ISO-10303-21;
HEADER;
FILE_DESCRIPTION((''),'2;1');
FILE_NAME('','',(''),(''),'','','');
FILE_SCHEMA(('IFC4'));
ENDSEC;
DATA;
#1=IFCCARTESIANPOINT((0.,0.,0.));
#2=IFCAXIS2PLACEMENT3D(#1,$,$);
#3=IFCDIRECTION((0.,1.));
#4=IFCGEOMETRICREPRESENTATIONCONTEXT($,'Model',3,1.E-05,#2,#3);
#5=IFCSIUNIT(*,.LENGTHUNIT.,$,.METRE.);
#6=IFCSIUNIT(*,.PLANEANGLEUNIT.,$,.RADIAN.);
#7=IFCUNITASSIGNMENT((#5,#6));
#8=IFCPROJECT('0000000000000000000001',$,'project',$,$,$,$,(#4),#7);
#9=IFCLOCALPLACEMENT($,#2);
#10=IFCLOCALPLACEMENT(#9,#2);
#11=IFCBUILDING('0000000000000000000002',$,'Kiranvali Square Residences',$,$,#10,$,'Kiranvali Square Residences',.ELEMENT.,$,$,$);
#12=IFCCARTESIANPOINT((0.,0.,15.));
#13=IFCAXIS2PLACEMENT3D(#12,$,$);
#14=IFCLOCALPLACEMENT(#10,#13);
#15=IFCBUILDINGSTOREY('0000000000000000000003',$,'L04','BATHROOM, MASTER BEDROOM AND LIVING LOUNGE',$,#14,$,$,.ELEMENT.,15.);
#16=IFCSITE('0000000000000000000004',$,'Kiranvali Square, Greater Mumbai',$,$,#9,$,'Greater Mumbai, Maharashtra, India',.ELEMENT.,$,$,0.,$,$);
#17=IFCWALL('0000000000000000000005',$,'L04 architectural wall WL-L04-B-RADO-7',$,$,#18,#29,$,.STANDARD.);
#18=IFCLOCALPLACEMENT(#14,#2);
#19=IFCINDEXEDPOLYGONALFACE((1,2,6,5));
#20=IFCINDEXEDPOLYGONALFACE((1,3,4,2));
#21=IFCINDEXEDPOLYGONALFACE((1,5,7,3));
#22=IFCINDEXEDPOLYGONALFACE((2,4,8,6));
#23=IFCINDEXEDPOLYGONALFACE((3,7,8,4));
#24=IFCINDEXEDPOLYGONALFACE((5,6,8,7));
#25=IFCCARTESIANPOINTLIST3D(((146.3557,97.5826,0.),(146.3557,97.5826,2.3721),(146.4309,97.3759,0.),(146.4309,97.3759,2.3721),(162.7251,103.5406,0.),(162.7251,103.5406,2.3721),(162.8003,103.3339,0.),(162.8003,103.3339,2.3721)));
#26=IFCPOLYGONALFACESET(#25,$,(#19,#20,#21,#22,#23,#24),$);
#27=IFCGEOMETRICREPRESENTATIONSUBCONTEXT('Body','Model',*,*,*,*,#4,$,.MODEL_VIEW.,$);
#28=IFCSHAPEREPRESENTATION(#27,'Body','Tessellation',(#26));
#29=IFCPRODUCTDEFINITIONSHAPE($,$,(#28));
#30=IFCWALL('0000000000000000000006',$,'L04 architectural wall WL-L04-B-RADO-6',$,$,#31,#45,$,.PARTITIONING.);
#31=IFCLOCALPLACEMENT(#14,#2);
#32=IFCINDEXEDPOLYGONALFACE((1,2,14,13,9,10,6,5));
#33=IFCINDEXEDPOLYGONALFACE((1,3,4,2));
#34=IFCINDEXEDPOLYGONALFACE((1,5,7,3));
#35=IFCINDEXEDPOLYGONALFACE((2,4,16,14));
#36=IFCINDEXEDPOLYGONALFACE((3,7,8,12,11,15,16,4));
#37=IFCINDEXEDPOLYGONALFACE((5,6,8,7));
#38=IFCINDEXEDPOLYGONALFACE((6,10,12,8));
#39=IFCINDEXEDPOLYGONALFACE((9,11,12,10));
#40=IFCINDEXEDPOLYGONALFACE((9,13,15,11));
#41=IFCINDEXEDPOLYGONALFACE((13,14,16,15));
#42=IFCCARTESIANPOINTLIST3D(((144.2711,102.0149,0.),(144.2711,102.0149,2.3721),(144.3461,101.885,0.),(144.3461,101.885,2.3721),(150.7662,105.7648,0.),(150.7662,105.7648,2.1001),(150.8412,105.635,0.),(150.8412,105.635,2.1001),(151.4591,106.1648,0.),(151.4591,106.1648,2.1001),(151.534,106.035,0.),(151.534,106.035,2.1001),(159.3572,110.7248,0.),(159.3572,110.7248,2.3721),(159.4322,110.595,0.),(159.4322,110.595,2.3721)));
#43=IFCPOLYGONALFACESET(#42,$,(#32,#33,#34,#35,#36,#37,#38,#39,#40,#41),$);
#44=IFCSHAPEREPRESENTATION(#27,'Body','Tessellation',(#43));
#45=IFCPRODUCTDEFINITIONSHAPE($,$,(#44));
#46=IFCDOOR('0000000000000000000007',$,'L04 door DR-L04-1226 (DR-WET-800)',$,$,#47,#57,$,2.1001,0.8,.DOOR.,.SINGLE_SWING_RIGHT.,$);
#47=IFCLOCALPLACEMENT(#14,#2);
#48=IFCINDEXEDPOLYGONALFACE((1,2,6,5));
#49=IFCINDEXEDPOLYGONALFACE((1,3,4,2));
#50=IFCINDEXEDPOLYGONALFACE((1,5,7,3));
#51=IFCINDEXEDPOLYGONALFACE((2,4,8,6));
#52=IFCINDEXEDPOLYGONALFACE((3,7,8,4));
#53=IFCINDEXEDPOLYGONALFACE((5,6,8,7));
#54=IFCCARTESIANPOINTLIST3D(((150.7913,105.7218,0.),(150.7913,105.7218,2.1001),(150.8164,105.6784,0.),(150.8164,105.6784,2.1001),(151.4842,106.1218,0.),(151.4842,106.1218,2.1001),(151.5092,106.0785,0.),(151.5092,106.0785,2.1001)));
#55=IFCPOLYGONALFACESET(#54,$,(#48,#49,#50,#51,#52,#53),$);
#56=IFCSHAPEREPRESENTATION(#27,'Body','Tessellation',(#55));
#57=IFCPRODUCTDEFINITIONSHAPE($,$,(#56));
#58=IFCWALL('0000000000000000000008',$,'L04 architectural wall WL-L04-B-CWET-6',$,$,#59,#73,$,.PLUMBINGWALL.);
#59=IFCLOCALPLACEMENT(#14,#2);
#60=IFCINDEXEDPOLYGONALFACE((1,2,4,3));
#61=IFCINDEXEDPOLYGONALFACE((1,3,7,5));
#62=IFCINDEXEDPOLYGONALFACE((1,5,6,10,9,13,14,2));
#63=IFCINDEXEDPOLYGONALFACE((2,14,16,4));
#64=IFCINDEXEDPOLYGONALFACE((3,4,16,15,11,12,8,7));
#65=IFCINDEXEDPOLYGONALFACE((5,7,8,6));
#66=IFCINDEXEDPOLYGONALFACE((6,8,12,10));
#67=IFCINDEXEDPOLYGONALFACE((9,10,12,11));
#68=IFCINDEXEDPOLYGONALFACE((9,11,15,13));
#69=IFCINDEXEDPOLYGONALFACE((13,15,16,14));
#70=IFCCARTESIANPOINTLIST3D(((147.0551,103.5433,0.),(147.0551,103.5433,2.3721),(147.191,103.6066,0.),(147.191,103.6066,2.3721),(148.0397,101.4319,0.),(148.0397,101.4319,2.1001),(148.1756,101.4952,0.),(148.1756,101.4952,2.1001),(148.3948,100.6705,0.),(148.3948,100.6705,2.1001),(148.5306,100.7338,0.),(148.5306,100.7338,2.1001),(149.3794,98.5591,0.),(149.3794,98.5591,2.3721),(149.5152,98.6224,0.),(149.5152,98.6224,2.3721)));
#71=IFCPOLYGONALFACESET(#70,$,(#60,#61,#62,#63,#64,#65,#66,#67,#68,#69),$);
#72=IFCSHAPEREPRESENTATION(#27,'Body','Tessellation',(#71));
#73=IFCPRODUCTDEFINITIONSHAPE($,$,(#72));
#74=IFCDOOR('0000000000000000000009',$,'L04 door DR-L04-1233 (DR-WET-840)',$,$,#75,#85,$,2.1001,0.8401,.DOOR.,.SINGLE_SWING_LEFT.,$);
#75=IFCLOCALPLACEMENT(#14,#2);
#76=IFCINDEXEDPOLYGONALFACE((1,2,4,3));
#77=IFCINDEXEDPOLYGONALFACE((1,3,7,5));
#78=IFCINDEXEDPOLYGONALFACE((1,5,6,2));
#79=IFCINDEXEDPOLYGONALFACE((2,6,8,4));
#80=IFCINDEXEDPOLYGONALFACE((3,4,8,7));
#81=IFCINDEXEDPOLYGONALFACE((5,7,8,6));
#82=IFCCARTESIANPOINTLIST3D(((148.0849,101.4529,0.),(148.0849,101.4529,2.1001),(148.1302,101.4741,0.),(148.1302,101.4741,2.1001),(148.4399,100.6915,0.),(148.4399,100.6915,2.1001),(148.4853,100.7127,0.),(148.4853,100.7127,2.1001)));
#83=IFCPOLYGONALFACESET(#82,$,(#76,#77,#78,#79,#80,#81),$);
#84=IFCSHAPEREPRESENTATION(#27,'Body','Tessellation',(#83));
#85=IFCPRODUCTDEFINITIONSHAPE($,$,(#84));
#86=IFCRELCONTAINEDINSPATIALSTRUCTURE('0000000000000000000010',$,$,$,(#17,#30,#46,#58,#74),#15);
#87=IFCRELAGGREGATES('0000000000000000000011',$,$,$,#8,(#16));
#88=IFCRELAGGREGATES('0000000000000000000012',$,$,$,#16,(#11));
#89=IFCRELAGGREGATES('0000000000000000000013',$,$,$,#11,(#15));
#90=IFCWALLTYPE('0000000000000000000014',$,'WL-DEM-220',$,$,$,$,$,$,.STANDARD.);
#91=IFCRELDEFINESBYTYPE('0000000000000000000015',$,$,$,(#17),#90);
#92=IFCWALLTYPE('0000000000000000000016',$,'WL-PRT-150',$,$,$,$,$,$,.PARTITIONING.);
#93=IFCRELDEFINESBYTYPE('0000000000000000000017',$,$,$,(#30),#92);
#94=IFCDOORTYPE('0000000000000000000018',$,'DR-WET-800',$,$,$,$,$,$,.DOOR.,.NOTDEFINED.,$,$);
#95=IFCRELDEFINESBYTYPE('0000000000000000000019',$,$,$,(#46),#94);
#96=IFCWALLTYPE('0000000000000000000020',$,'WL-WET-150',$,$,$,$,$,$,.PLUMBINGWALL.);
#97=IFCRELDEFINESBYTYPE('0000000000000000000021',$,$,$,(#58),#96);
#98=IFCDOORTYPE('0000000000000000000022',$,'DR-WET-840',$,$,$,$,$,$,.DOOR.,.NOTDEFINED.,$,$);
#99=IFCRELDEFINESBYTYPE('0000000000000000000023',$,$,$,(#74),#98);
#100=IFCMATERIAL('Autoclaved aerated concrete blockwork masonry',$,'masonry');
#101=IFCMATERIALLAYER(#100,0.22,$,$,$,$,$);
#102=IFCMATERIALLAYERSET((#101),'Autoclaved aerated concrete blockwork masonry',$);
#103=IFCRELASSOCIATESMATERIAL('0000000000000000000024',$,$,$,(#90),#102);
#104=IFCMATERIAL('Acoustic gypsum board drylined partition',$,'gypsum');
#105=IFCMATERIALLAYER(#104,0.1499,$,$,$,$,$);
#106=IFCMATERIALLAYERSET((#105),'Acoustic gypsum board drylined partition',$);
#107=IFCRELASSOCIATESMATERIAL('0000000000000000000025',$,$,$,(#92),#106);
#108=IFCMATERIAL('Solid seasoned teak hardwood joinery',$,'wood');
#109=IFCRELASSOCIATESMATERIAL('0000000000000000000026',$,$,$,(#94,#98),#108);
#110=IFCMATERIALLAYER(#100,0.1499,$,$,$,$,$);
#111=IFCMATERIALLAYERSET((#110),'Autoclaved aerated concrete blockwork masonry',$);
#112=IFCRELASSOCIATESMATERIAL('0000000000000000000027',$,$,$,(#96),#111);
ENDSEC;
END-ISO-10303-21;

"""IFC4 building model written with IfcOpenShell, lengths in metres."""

from ifc_helpers import new_model, si_unit, direction, frame, frame_2d, origin, place, context, subcontext, project, spatial, rectangle, extrude, material, layer, layer_set, type_object, element, fill, save


model = new_model("IFC4")

# Units and contexts
model_context = context("Model", 3, precision=1e-05, world=origin(), true_north=direction((0.0, 1.0)))
body_context = subcontext(model_context, "Body", "Model", "MODEL_VIEW")
ifc_project = project(units=[si_unit("LENGTHUNIT", "METRE"), si_unit("PLANEANGLEUNIT", "RADIAN")], contexts=[model_context])

# Site, building, storey
site_placement = place(None, origin())
site = spatial("IfcSite", under=ifc_project, at=site_placement, Name="Kiranvali Square, Greater Mumbai", LongName="Greater Mumbai, Maharashtra, India", CompositionType="ELEMENT", RefElevation=0.0)
building_placement = place(site_placement, origin())
building = spatial("IfcBuilding", under=site, at=building_placement, Name="Kiranvali Square Residences", LongName="Kiranvali Square Residences", CompositionType="ELEMENT")
storey_placement = place(building_placement, frame((0.0, 0.0, 15.0)))
storey = spatial("IfcBuildingStorey", under=building, at=storey_placement, Name="L04", Description="BATHROOM, MASTER BEDROOM AND LIVING LOUNGE", CompositionType="ELEMENT", Elevation=15.0)

# Shared definitions
ifc_material_1 = material(Name="Autoclaved aerated concrete blockwork masonry", Category="masonry")

# Wall
ifc_layer_1 = layer(ifc_material_1, 0.22)
ifc_layer_set_1 = layer_set([ifc_layer_1], Name="Autoclaved aerated concrete blockwork masonry")
wall_type_1 = type_object("IfcWallType", Name="WL-DEM-220", PredefinedType="STANDARD", material=ifc_layer_set_1)
wall_1_placement = place(storey_placement, frame((146.3933, 97.4792, 0.0), z_axis=(0.0, 0.0, 1.0), x_axis=(0.939692, 0.342022, 0.0)))
element("IfcWall", 1, at=wall_1_placement, inside=storey, type_object=wall_type_1, Name="L04 architectural wall WL-L04-B-RADO-7", PredefinedType="STANDARD", context=body_context, shape_type="SweptSolid", body=[
    extrude(rectangle(XDim=17.4199, YDim=0.22, at=frame_2d((8.71, 0.0))), origin(), (0.0, 0.0, 1.0), 2.3721),
])

# Walls, openings, doors
ifc_material_2 = material(Name="Acoustic gypsum board drylined partition", Category="gypsum")
ifc_layer_2 = layer(ifc_material_2, 0.1499)
ifc_layer_set_2 = layer_set([ifc_layer_2], Name="Acoustic gypsum board drylined partition")
wall_type_2 = type_object("IfcWallType", Name="WL-PRT-150", PredefinedType="PARTITIONING", material=ifc_layer_set_2)
wall_2_placement = place(storey_placement, frame((144.3086, 101.95, 0.0), z_axis=(0.0, 0.0, 1.0), x_axis=(0.866027, 0.499998, 0.0)))
wall_2 = element("IfcWall", 2, at=wall_2_placement, inside=storey, type_object=wall_type_2, Name="L04 architectural wall WL-L04-B-RADO-6", PredefinedType="PARTITIONING", context=body_context, shape_type="SweptSolid", body=[
    extrude(rectangle(XDim=17.4199, YDim=0.1499, at=frame_2d((8.71, 0.0))), origin(), (0.0, 0.0, 1.0), 2.3721),
])
opening_1_placement = place(wall_2_placement, frame((7.5, 0.0, 0.0)))
opening_1 = element("IfcOpeningElement", 3, at=opening_1_placement, cuts=wall_2, PredefinedType="OPENING", context=body_context, shape_type="SweptSolid", body=[
    extrude(rectangle(XDim=0.8, YDim=2.1001, at=frame_2d((0.3999, 1.05))), frame((0.0, 0.085, 0.0), z_axis=(0.0, -1.0, 0.0), x_axis=(1.0, 0.0, 0.0)), (0.0, 0.0, 1.0), 0.1699),
])
ifc_material_3 = material(Name="Solid seasoned teak hardwood joinery", Category="wood")
door_type_1 = type_object("IfcDoorType", Name="DR-WET-800", OperationType="NOTDEFINED", PredefinedType="DOOR", material=ifc_material_3)
door_1_placement = place(opening_1_placement, frame((0.8, 0.0, 0.0), z_axis=(0.0, 0.0, 1.0), x_axis=(-1.0, 0.0, 0.0)))
door_1 = element("IfcDoor", 4, at=door_1_placement, inside=storey, type_object=door_type_1, Name="L04 door DR-L04-1226 (DR-WET-800)", OperationType="SINGLE_SWING_RIGHT", OverallHeight=2.1001, OverallWidth=0.8, PredefinedType="DOOR", context=body_context, shape_type="SweptSolid", body=[
    extrude(rectangle(XDim=0.8, YDim=2.1001, at=frame_2d((0.3999, 1.05))), frame((0.0, 0.0249, 0.0), z_axis=(0.0, -1.0, 0.0), x_axis=(1.0, 0.0, 0.0)), (0.0, 0.0, 1.0), 0.05),
])
fill(opening_1, door_1)
ifc_layer_3 = layer(ifc_material_1, 0.1499)
ifc_layer_set_3 = layer_set([ifc_layer_3], Name="Autoclaved aerated concrete blockwork masonry")
wall_type_3 = type_object("IfcWallType", Name="WL-WET-150", PredefinedType="PLUMBINGWALL", material=ifc_layer_set_3)
wall_3_placement = place(storey_placement, frame((147.123, 103.575, 0.0), z_axis=(0.0, 0.0, 1.0), x_axis=(0.42263, -0.906302, 0.0)))
wall_3 = element("IfcWall", 5, at=wall_3_placement, inside=storey, type_object=wall_type_3, Name="L04 architectural wall WL-L04-B-CWET-6", PredefinedType="PLUMBINGWALL", context=body_context, shape_type="SweptSolid", body=[
    extrude(rectangle(XDim=5.4995, YDim=0.1499, at=frame_2d((2.7498, 0.0))), origin(), (0.0, 0.0, 1.0), 2.3721),
])
opening_2_placement = place(wall_3_placement, frame((2.3298, 0.0, 0.0)))
opening_2 = element("IfcOpeningElement", 6, at=opening_2_placement, cuts=wall_3, PredefinedType="OPENING", context=body_context, shape_type="SweptSolid", body=[
    extrude(rectangle(XDim=0.8401, YDim=2.1001, at=frame_2d((0.4199, 1.05))), frame((0.0, 0.085, 0.0), z_axis=(0.0, -1.0, 0.0), x_axis=(1.0, 0.0, 0.0)), (0.0, 0.0, 1.0), 0.1699),
])
door_type_2 = type_object("IfcDoorType", Name="DR-WET-840", OperationType="NOTDEFINED", PredefinedType="DOOR", material=ifc_material_3)
door_2_placement = place(opening_2_placement, origin())
door_2 = element("IfcDoor", 7, at=door_2_placement, inside=storey, type_object=door_type_2, Name="L04 door DR-L04-1233 (DR-WET-840)", OperationType="SINGLE_SWING_LEFT", OverallHeight=2.1001, OverallWidth=0.8401, PredefinedType="DOOR", context=body_context, shape_type="SweptSolid", body=[
    extrude(rectangle(XDim=0.8401, YDim=2.1001, at=frame_2d((0.4199, 1.05))), frame((0.0, 0.0249, 0.0), z_axis=(0.0, -1.0, 0.0), x_axis=(1.0, 0.0, 0.0)), (0.0, 0.0, 1.0), 0.05),
])
fill(opening_2, door_2)

save(model, "model.ifc")
